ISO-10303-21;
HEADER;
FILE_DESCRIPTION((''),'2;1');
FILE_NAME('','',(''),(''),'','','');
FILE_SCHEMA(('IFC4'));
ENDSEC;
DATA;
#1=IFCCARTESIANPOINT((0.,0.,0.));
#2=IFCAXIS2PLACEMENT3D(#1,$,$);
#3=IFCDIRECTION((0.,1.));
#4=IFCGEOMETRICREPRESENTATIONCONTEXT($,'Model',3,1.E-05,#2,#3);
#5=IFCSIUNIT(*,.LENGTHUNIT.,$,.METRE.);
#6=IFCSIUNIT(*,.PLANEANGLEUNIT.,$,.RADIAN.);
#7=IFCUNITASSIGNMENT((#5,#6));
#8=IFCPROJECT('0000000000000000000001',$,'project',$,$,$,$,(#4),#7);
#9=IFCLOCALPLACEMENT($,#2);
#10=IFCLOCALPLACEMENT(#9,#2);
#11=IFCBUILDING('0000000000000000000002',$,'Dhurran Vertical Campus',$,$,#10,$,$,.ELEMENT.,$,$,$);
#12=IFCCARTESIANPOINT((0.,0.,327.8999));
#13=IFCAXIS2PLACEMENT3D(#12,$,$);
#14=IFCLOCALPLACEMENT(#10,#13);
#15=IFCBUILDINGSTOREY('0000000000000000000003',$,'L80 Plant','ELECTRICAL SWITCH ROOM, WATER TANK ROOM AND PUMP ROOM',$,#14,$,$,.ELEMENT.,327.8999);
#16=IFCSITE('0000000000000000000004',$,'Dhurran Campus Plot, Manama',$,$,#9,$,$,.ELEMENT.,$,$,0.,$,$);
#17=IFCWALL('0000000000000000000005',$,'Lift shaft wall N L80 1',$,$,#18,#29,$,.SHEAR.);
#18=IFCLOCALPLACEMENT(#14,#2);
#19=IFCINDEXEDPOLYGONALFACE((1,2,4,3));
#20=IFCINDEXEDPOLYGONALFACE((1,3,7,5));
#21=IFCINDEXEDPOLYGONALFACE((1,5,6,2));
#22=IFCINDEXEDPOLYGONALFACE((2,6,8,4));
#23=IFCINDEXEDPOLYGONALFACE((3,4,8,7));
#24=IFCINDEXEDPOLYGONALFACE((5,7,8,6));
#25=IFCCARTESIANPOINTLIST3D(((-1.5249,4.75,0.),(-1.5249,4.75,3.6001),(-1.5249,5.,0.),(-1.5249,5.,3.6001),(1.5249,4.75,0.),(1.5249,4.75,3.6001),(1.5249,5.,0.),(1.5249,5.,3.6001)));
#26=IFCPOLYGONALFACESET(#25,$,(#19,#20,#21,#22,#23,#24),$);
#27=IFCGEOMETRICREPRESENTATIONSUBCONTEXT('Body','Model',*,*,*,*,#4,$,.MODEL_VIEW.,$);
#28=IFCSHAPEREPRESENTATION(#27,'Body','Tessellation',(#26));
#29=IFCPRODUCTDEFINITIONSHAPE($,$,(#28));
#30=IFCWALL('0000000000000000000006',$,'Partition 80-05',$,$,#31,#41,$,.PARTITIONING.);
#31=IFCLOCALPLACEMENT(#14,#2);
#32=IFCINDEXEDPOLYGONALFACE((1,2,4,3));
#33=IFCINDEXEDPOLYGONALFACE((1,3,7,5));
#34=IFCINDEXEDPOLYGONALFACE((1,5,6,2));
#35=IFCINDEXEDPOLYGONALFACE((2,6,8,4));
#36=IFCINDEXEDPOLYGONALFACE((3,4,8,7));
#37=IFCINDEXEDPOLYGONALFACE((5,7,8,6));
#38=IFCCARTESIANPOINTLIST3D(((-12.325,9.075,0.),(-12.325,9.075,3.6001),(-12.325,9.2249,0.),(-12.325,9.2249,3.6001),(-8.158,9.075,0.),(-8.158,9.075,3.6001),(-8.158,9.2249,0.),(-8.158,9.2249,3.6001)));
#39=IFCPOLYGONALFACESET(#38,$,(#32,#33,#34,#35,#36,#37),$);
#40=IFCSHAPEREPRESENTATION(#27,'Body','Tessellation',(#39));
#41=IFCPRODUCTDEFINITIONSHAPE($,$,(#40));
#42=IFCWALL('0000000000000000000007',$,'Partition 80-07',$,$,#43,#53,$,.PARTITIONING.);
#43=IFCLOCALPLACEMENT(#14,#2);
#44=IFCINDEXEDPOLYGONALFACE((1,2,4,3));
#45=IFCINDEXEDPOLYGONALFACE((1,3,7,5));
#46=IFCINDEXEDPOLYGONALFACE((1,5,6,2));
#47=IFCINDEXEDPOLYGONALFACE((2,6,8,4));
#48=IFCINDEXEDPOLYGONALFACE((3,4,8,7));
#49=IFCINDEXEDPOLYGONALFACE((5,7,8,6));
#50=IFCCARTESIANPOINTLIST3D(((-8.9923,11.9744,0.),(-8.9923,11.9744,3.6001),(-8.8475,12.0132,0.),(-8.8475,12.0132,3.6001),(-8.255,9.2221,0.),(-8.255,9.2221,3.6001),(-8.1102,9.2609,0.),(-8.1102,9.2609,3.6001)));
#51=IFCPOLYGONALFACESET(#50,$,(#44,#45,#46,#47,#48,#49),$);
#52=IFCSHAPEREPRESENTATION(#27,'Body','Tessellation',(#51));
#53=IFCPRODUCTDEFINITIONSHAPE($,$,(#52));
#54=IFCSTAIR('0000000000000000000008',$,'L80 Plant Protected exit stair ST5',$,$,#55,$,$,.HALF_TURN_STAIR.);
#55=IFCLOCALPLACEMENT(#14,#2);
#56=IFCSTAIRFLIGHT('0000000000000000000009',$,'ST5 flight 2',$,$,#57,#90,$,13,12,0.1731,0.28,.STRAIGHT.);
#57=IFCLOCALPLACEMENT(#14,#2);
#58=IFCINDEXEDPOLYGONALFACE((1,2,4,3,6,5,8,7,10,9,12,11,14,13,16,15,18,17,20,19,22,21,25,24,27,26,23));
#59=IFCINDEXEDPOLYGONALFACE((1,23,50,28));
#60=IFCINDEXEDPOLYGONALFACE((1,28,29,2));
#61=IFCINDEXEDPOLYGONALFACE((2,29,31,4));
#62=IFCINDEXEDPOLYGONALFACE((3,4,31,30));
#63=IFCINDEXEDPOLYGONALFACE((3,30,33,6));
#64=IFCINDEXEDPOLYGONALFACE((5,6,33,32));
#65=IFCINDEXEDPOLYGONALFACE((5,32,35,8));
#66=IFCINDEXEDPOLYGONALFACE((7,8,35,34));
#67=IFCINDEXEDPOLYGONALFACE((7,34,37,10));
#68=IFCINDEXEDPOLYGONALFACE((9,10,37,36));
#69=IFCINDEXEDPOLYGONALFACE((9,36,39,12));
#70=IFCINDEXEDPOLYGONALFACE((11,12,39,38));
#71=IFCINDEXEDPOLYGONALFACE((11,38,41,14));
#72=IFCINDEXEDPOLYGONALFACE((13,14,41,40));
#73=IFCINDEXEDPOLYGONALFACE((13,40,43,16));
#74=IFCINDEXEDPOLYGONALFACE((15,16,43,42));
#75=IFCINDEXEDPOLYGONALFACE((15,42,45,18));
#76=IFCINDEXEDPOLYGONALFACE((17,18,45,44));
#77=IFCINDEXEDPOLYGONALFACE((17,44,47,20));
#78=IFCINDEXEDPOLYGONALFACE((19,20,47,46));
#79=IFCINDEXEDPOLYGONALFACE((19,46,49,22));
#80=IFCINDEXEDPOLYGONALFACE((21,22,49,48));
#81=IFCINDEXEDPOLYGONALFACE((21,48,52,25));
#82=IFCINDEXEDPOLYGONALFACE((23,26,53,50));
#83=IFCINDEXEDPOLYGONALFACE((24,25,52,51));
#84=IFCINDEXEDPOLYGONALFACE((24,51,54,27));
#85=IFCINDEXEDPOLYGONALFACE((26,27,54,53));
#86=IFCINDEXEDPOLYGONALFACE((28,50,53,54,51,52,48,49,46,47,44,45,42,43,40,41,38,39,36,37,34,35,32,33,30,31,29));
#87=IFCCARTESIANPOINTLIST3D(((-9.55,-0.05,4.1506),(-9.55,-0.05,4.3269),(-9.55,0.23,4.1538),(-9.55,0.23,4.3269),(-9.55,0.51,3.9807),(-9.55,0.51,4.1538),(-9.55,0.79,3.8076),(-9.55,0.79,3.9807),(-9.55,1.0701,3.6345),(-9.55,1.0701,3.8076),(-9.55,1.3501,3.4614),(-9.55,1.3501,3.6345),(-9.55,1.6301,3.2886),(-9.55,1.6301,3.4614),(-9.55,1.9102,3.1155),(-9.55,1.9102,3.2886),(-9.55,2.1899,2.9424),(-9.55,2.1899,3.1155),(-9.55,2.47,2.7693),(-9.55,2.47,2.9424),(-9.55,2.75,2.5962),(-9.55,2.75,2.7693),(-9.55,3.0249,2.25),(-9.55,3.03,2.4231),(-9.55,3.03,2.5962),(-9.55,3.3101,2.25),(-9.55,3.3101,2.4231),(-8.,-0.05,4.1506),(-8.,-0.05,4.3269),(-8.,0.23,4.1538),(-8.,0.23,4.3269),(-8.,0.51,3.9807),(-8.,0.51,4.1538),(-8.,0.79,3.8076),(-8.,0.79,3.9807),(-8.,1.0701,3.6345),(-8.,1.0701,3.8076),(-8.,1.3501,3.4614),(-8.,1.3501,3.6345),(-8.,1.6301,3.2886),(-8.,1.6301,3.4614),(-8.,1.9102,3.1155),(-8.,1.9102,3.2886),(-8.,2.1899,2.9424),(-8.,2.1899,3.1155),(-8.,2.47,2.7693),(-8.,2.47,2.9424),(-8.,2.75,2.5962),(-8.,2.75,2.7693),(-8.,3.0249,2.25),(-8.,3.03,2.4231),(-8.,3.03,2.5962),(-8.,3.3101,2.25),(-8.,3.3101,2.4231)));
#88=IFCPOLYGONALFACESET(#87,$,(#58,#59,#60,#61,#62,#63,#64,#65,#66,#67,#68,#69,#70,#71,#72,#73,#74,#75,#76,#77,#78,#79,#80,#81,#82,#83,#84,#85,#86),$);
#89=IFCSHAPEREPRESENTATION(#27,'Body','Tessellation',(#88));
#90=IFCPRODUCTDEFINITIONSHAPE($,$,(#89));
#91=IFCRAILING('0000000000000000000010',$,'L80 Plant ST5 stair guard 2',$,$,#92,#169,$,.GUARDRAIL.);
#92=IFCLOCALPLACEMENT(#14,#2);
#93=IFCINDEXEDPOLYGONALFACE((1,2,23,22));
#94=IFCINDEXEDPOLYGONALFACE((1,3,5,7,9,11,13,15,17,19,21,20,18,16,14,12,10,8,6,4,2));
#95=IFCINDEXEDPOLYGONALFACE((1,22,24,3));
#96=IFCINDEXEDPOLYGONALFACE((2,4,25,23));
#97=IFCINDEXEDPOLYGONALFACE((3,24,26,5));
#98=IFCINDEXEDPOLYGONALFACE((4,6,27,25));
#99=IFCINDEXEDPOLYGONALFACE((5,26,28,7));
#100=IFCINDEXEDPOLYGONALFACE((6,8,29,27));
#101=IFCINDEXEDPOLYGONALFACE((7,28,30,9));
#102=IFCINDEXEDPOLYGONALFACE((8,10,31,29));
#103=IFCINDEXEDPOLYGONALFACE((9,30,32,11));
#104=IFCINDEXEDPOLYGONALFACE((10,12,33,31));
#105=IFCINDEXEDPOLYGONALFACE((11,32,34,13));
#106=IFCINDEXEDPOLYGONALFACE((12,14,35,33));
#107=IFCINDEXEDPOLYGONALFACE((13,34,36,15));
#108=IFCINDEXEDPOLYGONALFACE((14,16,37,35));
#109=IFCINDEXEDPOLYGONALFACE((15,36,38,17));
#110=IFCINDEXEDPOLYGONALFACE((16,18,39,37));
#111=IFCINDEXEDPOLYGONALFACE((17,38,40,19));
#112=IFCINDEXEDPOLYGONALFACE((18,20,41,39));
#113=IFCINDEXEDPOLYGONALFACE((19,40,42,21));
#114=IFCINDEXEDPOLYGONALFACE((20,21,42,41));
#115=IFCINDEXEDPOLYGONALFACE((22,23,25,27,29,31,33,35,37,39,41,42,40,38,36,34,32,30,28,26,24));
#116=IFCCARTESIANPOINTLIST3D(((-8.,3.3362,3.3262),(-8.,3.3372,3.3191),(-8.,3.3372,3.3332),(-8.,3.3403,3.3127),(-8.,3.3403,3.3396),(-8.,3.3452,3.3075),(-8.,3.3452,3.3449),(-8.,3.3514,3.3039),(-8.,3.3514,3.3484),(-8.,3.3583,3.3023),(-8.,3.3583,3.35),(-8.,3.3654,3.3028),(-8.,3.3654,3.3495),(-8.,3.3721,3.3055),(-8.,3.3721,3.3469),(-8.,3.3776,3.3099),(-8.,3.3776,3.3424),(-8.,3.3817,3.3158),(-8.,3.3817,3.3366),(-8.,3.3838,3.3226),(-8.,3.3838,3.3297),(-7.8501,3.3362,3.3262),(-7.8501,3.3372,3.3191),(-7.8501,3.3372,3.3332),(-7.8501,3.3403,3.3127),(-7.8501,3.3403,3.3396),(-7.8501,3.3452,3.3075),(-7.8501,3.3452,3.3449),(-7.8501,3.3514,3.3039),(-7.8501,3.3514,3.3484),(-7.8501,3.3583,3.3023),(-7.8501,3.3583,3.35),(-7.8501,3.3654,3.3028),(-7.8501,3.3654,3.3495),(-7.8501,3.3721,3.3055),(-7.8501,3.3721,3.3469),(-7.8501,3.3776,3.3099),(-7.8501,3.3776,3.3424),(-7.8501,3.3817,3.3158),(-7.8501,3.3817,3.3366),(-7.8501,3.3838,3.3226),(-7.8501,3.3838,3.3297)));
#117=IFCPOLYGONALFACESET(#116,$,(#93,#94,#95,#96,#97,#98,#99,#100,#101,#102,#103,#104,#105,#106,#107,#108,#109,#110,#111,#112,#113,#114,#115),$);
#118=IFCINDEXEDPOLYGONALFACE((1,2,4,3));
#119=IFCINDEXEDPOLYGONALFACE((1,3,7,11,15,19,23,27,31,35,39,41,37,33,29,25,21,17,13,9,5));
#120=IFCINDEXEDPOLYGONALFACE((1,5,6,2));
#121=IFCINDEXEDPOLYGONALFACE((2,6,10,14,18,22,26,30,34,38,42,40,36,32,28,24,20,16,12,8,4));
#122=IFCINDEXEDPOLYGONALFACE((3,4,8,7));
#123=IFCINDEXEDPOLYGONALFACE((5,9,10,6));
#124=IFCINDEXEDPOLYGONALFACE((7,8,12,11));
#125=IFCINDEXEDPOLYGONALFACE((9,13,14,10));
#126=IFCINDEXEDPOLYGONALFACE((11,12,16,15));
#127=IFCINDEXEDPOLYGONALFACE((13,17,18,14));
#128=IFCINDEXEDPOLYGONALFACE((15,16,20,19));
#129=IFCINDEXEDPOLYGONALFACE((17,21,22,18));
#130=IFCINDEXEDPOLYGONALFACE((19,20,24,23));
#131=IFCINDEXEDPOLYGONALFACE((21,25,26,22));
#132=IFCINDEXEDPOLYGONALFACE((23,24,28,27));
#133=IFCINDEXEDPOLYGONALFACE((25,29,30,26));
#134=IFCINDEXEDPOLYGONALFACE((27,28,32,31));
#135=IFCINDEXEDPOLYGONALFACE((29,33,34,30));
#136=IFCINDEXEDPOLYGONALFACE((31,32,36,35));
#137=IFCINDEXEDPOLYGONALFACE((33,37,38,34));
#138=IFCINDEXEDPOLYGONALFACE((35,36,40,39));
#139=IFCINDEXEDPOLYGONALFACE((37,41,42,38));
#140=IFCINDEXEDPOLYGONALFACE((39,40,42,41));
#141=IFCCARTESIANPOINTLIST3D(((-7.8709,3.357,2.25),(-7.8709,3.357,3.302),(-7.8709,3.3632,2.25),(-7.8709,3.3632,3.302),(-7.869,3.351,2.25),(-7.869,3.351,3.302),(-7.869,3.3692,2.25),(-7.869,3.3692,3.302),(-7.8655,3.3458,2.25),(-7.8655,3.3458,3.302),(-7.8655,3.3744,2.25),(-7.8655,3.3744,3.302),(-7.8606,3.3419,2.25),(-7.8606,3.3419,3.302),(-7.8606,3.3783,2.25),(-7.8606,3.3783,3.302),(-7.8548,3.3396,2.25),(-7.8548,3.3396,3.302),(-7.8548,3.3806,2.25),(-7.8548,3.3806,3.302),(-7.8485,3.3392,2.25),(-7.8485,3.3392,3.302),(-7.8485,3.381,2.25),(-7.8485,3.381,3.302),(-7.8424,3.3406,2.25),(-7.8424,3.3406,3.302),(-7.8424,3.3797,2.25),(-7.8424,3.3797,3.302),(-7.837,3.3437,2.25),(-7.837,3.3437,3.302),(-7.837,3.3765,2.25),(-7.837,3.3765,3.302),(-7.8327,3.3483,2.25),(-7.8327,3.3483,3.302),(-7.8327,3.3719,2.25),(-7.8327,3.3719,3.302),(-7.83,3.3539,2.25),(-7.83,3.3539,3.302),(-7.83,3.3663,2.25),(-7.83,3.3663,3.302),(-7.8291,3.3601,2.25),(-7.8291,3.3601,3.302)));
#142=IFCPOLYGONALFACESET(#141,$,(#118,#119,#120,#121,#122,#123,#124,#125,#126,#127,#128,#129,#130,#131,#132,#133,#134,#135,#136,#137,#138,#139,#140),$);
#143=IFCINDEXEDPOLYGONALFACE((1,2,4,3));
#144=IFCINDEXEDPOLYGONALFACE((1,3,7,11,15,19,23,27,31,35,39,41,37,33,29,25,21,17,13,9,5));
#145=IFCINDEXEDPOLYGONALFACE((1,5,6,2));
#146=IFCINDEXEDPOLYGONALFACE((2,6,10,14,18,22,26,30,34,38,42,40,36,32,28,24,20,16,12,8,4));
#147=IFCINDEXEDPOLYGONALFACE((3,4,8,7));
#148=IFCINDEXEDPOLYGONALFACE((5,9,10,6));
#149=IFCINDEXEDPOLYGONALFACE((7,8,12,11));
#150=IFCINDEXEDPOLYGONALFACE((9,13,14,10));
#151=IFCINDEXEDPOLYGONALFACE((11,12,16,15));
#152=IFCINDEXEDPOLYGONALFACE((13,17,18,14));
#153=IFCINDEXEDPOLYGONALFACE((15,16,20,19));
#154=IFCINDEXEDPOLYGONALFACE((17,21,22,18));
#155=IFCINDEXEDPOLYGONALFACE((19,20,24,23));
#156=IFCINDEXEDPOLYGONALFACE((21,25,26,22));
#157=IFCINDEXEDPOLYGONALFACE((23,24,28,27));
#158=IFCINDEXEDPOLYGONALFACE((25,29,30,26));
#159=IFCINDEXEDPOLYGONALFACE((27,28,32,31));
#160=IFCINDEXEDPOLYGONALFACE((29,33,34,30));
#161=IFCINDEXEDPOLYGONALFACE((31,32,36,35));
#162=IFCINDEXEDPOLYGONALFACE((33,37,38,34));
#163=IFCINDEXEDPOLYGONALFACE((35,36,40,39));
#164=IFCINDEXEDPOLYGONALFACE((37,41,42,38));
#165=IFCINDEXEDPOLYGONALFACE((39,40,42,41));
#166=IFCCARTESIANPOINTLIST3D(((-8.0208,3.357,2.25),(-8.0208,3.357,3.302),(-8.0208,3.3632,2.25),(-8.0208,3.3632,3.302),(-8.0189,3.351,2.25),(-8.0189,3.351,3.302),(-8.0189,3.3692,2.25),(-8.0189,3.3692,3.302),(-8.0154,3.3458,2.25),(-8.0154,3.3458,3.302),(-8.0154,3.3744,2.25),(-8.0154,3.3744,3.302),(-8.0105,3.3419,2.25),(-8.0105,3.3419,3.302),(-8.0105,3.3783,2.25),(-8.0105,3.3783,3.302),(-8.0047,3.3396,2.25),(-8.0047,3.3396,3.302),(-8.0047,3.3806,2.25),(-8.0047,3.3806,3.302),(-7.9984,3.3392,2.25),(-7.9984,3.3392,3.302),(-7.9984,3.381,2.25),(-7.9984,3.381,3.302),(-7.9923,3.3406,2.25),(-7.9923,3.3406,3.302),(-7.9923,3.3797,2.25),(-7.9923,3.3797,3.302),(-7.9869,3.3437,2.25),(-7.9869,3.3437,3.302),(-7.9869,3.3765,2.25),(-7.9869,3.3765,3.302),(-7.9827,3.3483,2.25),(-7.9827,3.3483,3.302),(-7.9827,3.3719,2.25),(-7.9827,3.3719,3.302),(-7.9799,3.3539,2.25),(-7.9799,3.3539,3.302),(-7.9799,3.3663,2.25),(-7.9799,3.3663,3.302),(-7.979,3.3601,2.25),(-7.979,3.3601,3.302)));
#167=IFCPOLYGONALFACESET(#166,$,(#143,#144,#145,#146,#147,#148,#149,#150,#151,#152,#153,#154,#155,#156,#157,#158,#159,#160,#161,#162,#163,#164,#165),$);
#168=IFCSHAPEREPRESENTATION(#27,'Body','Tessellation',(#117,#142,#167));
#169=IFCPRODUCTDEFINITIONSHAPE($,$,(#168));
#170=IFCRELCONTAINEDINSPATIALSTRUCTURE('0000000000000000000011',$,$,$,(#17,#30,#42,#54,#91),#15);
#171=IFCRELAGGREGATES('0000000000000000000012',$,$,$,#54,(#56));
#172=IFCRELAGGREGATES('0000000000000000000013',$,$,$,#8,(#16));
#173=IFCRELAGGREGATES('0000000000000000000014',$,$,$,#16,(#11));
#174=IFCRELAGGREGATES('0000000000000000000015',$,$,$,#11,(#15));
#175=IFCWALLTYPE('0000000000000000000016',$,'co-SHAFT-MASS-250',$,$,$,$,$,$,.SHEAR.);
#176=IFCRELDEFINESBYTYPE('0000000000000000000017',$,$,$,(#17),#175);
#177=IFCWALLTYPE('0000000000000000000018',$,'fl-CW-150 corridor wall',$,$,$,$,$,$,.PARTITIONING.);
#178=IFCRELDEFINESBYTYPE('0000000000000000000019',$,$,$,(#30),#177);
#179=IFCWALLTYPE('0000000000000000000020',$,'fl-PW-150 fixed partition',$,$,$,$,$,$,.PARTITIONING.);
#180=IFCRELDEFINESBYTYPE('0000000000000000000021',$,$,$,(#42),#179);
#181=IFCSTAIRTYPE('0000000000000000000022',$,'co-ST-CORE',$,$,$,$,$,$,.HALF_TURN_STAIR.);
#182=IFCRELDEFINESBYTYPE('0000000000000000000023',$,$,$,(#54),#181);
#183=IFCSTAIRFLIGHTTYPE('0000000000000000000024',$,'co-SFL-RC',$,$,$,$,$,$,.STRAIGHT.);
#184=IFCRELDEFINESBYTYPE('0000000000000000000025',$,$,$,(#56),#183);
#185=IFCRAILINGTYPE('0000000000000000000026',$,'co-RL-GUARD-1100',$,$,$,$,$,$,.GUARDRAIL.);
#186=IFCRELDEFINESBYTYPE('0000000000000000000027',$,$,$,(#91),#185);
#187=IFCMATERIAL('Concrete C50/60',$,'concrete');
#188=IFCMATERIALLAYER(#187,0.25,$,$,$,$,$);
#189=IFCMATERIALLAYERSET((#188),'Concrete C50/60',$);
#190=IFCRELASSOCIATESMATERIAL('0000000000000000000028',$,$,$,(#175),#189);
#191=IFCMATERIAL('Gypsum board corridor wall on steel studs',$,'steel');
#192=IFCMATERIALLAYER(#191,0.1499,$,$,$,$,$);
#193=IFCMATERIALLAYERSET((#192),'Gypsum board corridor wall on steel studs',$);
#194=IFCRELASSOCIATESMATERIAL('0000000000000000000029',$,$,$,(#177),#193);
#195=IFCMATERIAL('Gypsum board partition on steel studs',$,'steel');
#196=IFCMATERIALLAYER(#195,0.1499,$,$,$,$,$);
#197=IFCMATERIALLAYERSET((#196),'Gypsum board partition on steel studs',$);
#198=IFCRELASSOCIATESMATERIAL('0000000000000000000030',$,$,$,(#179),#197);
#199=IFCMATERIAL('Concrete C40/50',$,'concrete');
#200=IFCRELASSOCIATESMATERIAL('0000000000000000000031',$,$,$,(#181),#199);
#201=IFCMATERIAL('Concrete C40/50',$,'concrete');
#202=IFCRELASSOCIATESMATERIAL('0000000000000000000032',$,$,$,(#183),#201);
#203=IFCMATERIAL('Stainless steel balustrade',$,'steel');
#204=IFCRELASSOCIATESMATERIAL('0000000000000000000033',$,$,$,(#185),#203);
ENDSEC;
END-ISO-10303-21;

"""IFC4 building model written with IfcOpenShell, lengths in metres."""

from ifc_helpers import new_model, si_unit, direction, frame, frame_2d, origin, origin_2d, place, context, subcontext, project, spatial, polyline, rectangle, circle, outline, extrude, material, layer, layer_set, type_object, element, aggregate, save


model = new_model("IFC4")

# Units and contexts
model_context = context("Model", 3, precision=1e-05, world=origin(), true_north=direction((0.0, 1.0)))
body_context = subcontext(model_context, "Body", "Model", "MODEL_VIEW")
ifc_project = project(units=[si_unit("LENGTHUNIT", "METRE"), si_unit("PLANEANGLEUNIT", "RADIAN")], contexts=[model_context])

# Site, building, storey
site_placement = place(None, origin())
site = spatial("IfcSite", under=ifc_project, at=site_placement, Name="Dhurran Campus Plot, Manama", CompositionType="ELEMENT", RefElevation=0.0)
building_placement = place(site_placement, origin())
building = spatial("IfcBuilding", under=site, at=building_placement, Name="Dhurran Vertical Campus", CompositionType="ELEMENT")
storey_placement = place(building_placement, frame((0.0, 0.0, 327.8999)))
storey = spatial("IfcBuildingStorey", under=building, at=storey_placement, Name="L80 Plant", Description="ELECTRICAL SWITCH ROOM, WATER TANK ROOM AND PUMP ROOM", CompositionType="ELEMENT", Elevation=327.8999)

# Walls
ifc_material_1 = material(Name="Concrete C50/60", Category="concrete")
ifc_layer_1 = layer(ifc_material_1, 0.25)
ifc_layer_set_1 = layer_set([ifc_layer_1], Name="Concrete C50/60")
wall_type_1 = type_object("IfcWallType", Name="co-SHAFT-MASS-250", PredefinedType="SHEAR", material=ifc_layer_set_1)
wall_1_placement = place(storey_placement, origin())
element("IfcWall", 1, at=wall_1_placement, inside=storey, type_object=wall_type_1, Name="Lift shaft wall N L80 1", PredefinedType="SHEAR", context=body_context, shape_type="SweptSolid", body=[
    extrude(outline(polyline([(-1.5249, 4.75), (1.5249, 4.75), (1.5249, 5.0), (-1.5249, 5.0), (-1.5249, 4.75)])), origin(), (0.0, 0.0, 1.0), 3.6001),
])
ifc_material_2 = material(Name="Gypsum board corridor wall on steel studs", Category="steel")
ifc_layer_2 = layer(ifc_material_2, 0.1499)
ifc_layer_set_2 = layer_set([ifc_layer_2], Name="Gypsum board corridor wall on steel studs")
wall_type_2 = type_object("IfcWallType", Name="fl-CW-150 corridor wall", PredefinedType="PARTITIONING", material=ifc_layer_set_2)
wall_2_placement = place(storey_placement, frame((-8.158, 9.1499, 0.0), z_axis=(0.0, 0.0, 1.0), x_axis=(-1.0, 0.0, 0.0)))
element("IfcWall", 2, at=wall_2_placement, inside=storey, type_object=wall_type_2, Name="Partition 80-05", PredefinedType="PARTITIONING", context=body_context, shape_type="SweptSolid", body=[
    extrude(rectangle(XDim=4.167, YDim=0.1499, at=frame_2d((2.0835, 0.0))), origin(), (0.0, 0.0, 1.0), 3.6001),
])
ifc_material_3 = material(Name="Gypsum board partition on steel studs", Category="steel")
ifc_layer_3 = layer(ifc_material_3, 0.1499)
ifc_layer_set_3 = layer_set([ifc_layer_3], Name="Gypsum board partition on steel studs")
wall_type_3 = type_object("IfcWallType", Name="fl-PW-150 fixed partition", PredefinedType="PARTITIONING", material=ifc_layer_set_3)
wall_3_placement = place(storey_placement, frame((-8.9199, 11.9939, 0.0), z_axis=(0.0, 0.0, 1.0), x_axis=(0.258772, -0.965938, 0.0)))
element("IfcWall", 3, at=wall_3_placement, inside=storey, type_object=wall_type_3, Name="Partition 80-07", PredefinedType="PARTITIONING", context=body_context, shape_type="SweptSolid", body=[
    extrude(rectangle(XDim=2.8494, YDim=0.1499, at=frame_2d((1.4248, 0.0))), origin(), (0.0, 0.0, 1.0), 3.6001),
])

# Stair, stair flight
ifc_material_4 = material(Name="Concrete C40/50", Category="concrete")
stair_type = type_object("IfcStairType", Name="co-ST-CORE", PredefinedType="HALF_TURN_STAIR", material=ifc_material_4)
stair_placement = place(storey_placement, origin())
stair = element("IfcStair", 4, at=stair_placement, inside=storey, type_object=stair_type, Name="L80 Plant Protected exit stair ST5", PredefinedType="HALF_TURN_STAIR")
ifc_material_5 = material(Name="Concrete C40/50", Category="concrete")
stair_flight_type = type_object("IfcStairFlightType", Name="co-SFL-RC", PredefinedType="STRAIGHT", material=ifc_material_5)
stair_flight_placement = place(storey_placement, frame((-8.7749, 3.3101, 2.25), z_axis=(0.0, 0.0, 1.0), x_axis=(0.0, -1.0, 0.0)))
stair_flight = element("IfcStairFlight", 5, at=stair_flight_placement, type_object=stair_flight_type, Name="ST5 flight 2", NumberOfRisers=13, NumberOfTreads=12, PredefinedType="STRAIGHT", RiserHeight=0.1731, TreadLength=0.28, context=body_context, shape_type="SweptSolid", body=[
    extrude(outline(polyline([(0.0, 0.0), (0.0, 0.1731), (0.28, 0.1731), (0.28, 0.3462), (0.5601, 0.3462), (0.5601, 0.5193), (0.8401, 0.5193), (0.8401, 0.6924), (1.1201, 0.6924), (1.1201, 0.8655), (1.3999, 0.8655), (1.3999, 1.0386), (1.6799, 1.0386), (1.6799, 1.2114), (1.96, 1.2114), (1.96, 1.3845), (2.24, 1.3845), (2.24, 1.5576), (2.52, 1.5576), (2.52, 1.7307), (2.8, 1.7307), (2.8, 1.9038), (3.0801, 1.9038), (3.0801, 2.0769), (3.3601, 2.0769), (3.3601, 2.25), (3.3601, 1.9006), (0.2852, 0.0), (0.0, 0.0)])), frame((0.0, 0.7749, 0.0), z_axis=(0.0, -1.0, 0.0), x_axis=(1.0, 0.0, 0.0)), (0.0, 0.0, 1.0), 1.55),
])
aggregate(stair, [stair_flight])

# Railing
ifc_material_6 = material(Name="Stainless steel balustrade", Category="steel")
railing_type = type_object("IfcRailingType", Name="co-RL-GUARD-1100", PredefinedType="GUARDRAIL", material=ifc_material_6)
railing_1_placement = place(storey_placement, frame((-7.8501, 3.3601, 2.25)))
element("IfcRailing", 6, at=railing_1_placement, inside=storey, type_object=railing_type, Name="L80 Plant ST5 stair guard 2", PredefinedType="GUARDRAIL", context=body_context, shape_type="SweptSolid", body=[
    extrude(circle(Radius=0.0239, at=origin_2d()), frame((0.0, 0.0, 1.0762), z_axis=(-1.0, 0.0, 0.0), x_axis=(0.0, -1.0, 0.0)), (0.0, 0.0, 1.0), 0.1499),
    extrude(circle(Radius=0.021, at=origin_2d()), origin(), (0.0, 0.0, 1.0), 1.052),
    extrude(circle(Radius=0.021, at=origin_2d()), frame((-0.1499, 0.0, 0.0)), (0.0, 0.0, 1.0), 1.052),
])

save(model, "model.ifc")
